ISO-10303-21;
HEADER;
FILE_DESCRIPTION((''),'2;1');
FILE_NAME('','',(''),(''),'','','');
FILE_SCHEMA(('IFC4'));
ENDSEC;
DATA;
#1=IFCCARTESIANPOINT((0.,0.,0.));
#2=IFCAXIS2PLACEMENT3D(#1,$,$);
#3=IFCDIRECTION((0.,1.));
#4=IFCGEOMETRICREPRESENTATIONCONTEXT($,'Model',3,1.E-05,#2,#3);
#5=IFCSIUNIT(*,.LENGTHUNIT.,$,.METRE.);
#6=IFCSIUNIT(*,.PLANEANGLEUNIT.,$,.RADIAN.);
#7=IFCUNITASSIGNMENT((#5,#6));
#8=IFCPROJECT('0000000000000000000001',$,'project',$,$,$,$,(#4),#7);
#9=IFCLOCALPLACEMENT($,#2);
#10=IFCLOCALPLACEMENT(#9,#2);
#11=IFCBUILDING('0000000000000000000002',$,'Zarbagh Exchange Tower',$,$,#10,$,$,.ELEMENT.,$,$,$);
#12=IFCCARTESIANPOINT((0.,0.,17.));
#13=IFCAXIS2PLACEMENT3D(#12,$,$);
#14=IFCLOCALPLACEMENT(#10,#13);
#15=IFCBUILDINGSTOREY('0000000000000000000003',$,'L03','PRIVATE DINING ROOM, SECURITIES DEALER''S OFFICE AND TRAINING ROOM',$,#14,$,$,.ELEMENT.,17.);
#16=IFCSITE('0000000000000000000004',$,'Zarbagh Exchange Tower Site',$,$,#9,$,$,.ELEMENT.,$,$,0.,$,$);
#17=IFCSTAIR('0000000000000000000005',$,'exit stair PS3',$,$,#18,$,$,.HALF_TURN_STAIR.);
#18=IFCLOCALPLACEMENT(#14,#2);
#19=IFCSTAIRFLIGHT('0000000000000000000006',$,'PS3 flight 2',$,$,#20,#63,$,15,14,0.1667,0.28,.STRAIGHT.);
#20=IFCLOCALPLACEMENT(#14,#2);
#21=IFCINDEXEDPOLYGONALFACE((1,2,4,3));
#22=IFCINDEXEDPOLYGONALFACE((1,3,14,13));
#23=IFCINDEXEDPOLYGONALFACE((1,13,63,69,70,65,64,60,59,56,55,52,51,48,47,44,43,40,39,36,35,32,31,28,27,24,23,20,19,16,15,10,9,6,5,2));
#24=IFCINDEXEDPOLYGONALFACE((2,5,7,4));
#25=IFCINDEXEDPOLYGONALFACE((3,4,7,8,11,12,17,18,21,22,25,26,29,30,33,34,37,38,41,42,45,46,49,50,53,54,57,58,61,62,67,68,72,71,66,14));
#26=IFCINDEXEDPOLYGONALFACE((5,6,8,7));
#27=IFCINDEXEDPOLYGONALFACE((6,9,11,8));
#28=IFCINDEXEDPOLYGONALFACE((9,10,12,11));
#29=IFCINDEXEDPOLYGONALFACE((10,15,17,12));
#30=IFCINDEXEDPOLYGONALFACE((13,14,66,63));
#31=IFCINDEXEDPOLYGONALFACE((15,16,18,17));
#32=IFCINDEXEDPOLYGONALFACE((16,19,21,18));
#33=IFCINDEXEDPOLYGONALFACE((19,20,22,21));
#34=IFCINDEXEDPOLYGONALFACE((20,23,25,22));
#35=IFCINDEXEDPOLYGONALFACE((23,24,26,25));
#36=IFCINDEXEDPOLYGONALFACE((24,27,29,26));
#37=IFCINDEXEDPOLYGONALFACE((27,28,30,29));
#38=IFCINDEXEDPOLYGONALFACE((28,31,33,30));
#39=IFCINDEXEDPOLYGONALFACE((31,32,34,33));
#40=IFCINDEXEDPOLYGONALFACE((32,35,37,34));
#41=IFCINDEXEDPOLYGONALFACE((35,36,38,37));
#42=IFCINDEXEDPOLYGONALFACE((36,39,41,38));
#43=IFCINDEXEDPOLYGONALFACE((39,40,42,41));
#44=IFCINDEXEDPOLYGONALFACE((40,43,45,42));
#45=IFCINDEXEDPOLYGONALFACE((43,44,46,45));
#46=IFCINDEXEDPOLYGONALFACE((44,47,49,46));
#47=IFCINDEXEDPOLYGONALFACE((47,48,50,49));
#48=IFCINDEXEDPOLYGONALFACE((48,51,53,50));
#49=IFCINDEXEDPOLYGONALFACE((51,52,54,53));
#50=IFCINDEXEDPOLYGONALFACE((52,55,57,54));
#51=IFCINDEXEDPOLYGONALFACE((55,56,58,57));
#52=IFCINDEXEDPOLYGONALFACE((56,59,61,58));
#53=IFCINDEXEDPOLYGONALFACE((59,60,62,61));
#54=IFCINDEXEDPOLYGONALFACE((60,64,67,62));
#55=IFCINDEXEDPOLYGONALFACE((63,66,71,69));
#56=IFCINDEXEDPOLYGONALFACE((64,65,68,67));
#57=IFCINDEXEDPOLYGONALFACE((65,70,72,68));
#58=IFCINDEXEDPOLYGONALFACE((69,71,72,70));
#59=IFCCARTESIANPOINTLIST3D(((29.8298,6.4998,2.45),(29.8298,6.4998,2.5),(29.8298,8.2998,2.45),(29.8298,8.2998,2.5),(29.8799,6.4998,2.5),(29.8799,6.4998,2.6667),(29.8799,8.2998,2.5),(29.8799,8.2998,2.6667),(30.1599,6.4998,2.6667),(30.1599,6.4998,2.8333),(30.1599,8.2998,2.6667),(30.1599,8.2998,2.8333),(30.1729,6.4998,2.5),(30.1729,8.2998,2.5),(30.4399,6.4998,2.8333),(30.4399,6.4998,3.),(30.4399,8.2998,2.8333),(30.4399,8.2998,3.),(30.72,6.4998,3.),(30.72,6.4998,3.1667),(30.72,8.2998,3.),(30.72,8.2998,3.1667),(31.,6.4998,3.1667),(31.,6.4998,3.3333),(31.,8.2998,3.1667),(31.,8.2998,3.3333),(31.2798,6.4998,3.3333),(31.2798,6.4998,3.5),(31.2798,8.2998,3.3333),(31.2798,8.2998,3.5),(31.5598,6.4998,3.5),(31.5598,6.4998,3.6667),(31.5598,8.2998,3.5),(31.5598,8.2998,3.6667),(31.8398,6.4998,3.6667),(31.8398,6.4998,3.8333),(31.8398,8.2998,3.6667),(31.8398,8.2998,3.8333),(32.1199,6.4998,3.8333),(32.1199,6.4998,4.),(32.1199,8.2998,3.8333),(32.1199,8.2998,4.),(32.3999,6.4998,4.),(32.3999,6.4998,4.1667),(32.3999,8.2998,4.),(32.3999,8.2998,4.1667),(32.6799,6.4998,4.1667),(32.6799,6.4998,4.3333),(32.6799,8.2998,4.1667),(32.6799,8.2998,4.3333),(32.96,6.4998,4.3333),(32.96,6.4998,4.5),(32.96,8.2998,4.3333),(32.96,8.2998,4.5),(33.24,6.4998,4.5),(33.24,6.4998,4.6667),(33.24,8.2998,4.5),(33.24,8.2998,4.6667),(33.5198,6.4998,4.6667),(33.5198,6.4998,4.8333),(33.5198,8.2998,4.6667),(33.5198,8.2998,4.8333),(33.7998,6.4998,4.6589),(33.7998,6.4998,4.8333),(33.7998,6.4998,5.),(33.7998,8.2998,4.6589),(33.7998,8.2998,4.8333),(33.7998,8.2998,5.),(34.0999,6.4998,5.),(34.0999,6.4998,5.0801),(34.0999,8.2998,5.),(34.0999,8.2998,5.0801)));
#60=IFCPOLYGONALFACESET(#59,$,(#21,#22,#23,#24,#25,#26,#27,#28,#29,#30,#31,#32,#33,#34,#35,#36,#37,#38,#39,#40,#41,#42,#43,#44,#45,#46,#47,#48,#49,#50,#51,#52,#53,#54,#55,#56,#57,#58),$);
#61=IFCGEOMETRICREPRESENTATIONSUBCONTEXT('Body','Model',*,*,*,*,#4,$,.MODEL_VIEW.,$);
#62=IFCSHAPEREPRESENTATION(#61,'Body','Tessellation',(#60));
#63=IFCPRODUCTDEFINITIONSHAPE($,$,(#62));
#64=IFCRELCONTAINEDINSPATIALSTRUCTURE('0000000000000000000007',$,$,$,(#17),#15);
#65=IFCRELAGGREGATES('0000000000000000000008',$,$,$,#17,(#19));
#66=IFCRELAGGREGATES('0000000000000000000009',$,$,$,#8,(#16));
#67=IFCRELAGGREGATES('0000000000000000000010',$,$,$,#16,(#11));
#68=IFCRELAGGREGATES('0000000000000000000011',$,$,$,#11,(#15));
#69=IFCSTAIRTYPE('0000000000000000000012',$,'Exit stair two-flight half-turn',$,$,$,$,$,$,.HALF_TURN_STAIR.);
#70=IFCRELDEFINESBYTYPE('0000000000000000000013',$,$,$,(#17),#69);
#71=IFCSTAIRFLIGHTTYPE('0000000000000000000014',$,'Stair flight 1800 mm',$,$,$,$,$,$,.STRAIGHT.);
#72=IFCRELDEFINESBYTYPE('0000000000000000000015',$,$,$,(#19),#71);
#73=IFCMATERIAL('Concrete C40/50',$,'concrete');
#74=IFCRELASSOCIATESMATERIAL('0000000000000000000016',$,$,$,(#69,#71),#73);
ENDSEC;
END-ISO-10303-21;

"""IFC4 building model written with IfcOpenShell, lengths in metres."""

from ifc_helpers import new_model, si_unit, direction, frame, origin, place, context, subcontext, project, spatial, polyline, outline, extrude, material, type_object, element, aggregate, save


model = new_model("IFC4")

# Units and contexts
model_context = context("Model", 3, precision=1e-05, world=origin(), true_north=direction((0.0, 1.0)))
body_context = subcontext(model_context, "Body", "Model", "MODEL_VIEW")
ifc_project = project(units=[si_unit("LENGTHUNIT", "METRE"), si_unit("PLANEANGLEUNIT", "RADIAN")], contexts=[model_context])

# Site, building, storey
site_placement = place(None, origin())
site = spatial("IfcSite", under=ifc_project, at=site_placement, Name="Zarbagh Exchange Tower Site", CompositionType="ELEMENT", RefElevation=0.0)
building_placement = place(site_placement, origin())
building = spatial("IfcBuilding", under=site, at=building_placement, Name="Zarbagh Exchange Tower", CompositionType="ELEMENT")
storey_placement = place(building_placement, frame((0.0, 0.0, 17.0)))
storey = spatial("IfcBuildingStorey", under=building, at=storey_placement, Name="L03", Description="PRIVATE DINING ROOM, SECURITIES DEALER'S OFFICE AND TRAINING ROOM", CompositionType="ELEMENT", Elevation=17.0)

# Shared definitions
ifc_material_1 = material(Name="Concrete C40/50", Category="concrete")

# Stair, stair flight
stair_type = type_object("IfcStairType", Name="Exit stair two-flight half-turn", PredefinedType="HALF_TURN_STAIR", material=ifc_material_1)
stair_placement = place(storey_placement, origin())
stair = element("IfcStair", 1, at=stair_placement, inside=storey, type_object=stair_type, Name="exit stair PS3", PredefinedType="HALF_TURN_STAIR")
stair_flight_type = type_object("IfcStairFlightType", Name="Stair flight 1800 mm", PredefinedType="STRAIGHT", material=ifc_material_1)
stair_flight_1_placement = place(storey_placement, frame((29.8799, 7.3999, 2.5), z_axis=(0.0, 0.0, 1.0), x_axis=(1.0, 0.0, 0.0)))
stair_flight_1 = element("IfcStairFlight", 2, at=stair_flight_1_placement, type_object=stair_flight_type, Name="PS3 flight 2", NumberOfRisers=15, NumberOfTreads=14, PredefinedType="STRAIGHT", RiserHeight=0.1667, TreadLength=0.28, context=body_context, shape_type="SweptSolid", body=[
    extrude(outline(polyline([(-0.05, -0.05), (-0.05, 0.0), (0.0, 0.0), (0.0, 0.1667), (0.28, 0.1667), (0.28, 0.3333), (0.5601, 0.3333), (0.5601, 0.5), (0.8401, 0.5), (0.8401, 0.6667), (1.1201, 0.6667), (1.1201, 0.8333), (1.3999, 0.8333), (1.3999, 1.0), (1.6799, 1.0), (1.6799, 1.1667), (1.96, 1.1667), (1.96, 1.3333), (2.24, 1.3333), (2.24, 1.5), (2.52, 1.5), (2.52, 1.6667), (2.8, 1.6667), (2.8, 1.8333), (3.0801, 1.8333), (3.0801, 2.0), (3.3601, 2.0), (3.3601, 2.1667), (3.6399, 2.1667), (3.6399, 2.3333), (3.9199, 2.3333), (3.9199, 2.5), (4.22, 2.5801), (4.22, 2.5), (3.9199, 2.1589), (0.293, 0.0), (-0.05, -0.05)])), frame((0.0, 0.8999, 0.0), z_axis=(0.0, -1.0, 0.0), x_axis=(1.0, 0.0, 0.0)), (0.0, 0.0, 1.0), 1.8),
])
aggregate(stair, [stair_flight_1])

save(model, "model.ifc")
